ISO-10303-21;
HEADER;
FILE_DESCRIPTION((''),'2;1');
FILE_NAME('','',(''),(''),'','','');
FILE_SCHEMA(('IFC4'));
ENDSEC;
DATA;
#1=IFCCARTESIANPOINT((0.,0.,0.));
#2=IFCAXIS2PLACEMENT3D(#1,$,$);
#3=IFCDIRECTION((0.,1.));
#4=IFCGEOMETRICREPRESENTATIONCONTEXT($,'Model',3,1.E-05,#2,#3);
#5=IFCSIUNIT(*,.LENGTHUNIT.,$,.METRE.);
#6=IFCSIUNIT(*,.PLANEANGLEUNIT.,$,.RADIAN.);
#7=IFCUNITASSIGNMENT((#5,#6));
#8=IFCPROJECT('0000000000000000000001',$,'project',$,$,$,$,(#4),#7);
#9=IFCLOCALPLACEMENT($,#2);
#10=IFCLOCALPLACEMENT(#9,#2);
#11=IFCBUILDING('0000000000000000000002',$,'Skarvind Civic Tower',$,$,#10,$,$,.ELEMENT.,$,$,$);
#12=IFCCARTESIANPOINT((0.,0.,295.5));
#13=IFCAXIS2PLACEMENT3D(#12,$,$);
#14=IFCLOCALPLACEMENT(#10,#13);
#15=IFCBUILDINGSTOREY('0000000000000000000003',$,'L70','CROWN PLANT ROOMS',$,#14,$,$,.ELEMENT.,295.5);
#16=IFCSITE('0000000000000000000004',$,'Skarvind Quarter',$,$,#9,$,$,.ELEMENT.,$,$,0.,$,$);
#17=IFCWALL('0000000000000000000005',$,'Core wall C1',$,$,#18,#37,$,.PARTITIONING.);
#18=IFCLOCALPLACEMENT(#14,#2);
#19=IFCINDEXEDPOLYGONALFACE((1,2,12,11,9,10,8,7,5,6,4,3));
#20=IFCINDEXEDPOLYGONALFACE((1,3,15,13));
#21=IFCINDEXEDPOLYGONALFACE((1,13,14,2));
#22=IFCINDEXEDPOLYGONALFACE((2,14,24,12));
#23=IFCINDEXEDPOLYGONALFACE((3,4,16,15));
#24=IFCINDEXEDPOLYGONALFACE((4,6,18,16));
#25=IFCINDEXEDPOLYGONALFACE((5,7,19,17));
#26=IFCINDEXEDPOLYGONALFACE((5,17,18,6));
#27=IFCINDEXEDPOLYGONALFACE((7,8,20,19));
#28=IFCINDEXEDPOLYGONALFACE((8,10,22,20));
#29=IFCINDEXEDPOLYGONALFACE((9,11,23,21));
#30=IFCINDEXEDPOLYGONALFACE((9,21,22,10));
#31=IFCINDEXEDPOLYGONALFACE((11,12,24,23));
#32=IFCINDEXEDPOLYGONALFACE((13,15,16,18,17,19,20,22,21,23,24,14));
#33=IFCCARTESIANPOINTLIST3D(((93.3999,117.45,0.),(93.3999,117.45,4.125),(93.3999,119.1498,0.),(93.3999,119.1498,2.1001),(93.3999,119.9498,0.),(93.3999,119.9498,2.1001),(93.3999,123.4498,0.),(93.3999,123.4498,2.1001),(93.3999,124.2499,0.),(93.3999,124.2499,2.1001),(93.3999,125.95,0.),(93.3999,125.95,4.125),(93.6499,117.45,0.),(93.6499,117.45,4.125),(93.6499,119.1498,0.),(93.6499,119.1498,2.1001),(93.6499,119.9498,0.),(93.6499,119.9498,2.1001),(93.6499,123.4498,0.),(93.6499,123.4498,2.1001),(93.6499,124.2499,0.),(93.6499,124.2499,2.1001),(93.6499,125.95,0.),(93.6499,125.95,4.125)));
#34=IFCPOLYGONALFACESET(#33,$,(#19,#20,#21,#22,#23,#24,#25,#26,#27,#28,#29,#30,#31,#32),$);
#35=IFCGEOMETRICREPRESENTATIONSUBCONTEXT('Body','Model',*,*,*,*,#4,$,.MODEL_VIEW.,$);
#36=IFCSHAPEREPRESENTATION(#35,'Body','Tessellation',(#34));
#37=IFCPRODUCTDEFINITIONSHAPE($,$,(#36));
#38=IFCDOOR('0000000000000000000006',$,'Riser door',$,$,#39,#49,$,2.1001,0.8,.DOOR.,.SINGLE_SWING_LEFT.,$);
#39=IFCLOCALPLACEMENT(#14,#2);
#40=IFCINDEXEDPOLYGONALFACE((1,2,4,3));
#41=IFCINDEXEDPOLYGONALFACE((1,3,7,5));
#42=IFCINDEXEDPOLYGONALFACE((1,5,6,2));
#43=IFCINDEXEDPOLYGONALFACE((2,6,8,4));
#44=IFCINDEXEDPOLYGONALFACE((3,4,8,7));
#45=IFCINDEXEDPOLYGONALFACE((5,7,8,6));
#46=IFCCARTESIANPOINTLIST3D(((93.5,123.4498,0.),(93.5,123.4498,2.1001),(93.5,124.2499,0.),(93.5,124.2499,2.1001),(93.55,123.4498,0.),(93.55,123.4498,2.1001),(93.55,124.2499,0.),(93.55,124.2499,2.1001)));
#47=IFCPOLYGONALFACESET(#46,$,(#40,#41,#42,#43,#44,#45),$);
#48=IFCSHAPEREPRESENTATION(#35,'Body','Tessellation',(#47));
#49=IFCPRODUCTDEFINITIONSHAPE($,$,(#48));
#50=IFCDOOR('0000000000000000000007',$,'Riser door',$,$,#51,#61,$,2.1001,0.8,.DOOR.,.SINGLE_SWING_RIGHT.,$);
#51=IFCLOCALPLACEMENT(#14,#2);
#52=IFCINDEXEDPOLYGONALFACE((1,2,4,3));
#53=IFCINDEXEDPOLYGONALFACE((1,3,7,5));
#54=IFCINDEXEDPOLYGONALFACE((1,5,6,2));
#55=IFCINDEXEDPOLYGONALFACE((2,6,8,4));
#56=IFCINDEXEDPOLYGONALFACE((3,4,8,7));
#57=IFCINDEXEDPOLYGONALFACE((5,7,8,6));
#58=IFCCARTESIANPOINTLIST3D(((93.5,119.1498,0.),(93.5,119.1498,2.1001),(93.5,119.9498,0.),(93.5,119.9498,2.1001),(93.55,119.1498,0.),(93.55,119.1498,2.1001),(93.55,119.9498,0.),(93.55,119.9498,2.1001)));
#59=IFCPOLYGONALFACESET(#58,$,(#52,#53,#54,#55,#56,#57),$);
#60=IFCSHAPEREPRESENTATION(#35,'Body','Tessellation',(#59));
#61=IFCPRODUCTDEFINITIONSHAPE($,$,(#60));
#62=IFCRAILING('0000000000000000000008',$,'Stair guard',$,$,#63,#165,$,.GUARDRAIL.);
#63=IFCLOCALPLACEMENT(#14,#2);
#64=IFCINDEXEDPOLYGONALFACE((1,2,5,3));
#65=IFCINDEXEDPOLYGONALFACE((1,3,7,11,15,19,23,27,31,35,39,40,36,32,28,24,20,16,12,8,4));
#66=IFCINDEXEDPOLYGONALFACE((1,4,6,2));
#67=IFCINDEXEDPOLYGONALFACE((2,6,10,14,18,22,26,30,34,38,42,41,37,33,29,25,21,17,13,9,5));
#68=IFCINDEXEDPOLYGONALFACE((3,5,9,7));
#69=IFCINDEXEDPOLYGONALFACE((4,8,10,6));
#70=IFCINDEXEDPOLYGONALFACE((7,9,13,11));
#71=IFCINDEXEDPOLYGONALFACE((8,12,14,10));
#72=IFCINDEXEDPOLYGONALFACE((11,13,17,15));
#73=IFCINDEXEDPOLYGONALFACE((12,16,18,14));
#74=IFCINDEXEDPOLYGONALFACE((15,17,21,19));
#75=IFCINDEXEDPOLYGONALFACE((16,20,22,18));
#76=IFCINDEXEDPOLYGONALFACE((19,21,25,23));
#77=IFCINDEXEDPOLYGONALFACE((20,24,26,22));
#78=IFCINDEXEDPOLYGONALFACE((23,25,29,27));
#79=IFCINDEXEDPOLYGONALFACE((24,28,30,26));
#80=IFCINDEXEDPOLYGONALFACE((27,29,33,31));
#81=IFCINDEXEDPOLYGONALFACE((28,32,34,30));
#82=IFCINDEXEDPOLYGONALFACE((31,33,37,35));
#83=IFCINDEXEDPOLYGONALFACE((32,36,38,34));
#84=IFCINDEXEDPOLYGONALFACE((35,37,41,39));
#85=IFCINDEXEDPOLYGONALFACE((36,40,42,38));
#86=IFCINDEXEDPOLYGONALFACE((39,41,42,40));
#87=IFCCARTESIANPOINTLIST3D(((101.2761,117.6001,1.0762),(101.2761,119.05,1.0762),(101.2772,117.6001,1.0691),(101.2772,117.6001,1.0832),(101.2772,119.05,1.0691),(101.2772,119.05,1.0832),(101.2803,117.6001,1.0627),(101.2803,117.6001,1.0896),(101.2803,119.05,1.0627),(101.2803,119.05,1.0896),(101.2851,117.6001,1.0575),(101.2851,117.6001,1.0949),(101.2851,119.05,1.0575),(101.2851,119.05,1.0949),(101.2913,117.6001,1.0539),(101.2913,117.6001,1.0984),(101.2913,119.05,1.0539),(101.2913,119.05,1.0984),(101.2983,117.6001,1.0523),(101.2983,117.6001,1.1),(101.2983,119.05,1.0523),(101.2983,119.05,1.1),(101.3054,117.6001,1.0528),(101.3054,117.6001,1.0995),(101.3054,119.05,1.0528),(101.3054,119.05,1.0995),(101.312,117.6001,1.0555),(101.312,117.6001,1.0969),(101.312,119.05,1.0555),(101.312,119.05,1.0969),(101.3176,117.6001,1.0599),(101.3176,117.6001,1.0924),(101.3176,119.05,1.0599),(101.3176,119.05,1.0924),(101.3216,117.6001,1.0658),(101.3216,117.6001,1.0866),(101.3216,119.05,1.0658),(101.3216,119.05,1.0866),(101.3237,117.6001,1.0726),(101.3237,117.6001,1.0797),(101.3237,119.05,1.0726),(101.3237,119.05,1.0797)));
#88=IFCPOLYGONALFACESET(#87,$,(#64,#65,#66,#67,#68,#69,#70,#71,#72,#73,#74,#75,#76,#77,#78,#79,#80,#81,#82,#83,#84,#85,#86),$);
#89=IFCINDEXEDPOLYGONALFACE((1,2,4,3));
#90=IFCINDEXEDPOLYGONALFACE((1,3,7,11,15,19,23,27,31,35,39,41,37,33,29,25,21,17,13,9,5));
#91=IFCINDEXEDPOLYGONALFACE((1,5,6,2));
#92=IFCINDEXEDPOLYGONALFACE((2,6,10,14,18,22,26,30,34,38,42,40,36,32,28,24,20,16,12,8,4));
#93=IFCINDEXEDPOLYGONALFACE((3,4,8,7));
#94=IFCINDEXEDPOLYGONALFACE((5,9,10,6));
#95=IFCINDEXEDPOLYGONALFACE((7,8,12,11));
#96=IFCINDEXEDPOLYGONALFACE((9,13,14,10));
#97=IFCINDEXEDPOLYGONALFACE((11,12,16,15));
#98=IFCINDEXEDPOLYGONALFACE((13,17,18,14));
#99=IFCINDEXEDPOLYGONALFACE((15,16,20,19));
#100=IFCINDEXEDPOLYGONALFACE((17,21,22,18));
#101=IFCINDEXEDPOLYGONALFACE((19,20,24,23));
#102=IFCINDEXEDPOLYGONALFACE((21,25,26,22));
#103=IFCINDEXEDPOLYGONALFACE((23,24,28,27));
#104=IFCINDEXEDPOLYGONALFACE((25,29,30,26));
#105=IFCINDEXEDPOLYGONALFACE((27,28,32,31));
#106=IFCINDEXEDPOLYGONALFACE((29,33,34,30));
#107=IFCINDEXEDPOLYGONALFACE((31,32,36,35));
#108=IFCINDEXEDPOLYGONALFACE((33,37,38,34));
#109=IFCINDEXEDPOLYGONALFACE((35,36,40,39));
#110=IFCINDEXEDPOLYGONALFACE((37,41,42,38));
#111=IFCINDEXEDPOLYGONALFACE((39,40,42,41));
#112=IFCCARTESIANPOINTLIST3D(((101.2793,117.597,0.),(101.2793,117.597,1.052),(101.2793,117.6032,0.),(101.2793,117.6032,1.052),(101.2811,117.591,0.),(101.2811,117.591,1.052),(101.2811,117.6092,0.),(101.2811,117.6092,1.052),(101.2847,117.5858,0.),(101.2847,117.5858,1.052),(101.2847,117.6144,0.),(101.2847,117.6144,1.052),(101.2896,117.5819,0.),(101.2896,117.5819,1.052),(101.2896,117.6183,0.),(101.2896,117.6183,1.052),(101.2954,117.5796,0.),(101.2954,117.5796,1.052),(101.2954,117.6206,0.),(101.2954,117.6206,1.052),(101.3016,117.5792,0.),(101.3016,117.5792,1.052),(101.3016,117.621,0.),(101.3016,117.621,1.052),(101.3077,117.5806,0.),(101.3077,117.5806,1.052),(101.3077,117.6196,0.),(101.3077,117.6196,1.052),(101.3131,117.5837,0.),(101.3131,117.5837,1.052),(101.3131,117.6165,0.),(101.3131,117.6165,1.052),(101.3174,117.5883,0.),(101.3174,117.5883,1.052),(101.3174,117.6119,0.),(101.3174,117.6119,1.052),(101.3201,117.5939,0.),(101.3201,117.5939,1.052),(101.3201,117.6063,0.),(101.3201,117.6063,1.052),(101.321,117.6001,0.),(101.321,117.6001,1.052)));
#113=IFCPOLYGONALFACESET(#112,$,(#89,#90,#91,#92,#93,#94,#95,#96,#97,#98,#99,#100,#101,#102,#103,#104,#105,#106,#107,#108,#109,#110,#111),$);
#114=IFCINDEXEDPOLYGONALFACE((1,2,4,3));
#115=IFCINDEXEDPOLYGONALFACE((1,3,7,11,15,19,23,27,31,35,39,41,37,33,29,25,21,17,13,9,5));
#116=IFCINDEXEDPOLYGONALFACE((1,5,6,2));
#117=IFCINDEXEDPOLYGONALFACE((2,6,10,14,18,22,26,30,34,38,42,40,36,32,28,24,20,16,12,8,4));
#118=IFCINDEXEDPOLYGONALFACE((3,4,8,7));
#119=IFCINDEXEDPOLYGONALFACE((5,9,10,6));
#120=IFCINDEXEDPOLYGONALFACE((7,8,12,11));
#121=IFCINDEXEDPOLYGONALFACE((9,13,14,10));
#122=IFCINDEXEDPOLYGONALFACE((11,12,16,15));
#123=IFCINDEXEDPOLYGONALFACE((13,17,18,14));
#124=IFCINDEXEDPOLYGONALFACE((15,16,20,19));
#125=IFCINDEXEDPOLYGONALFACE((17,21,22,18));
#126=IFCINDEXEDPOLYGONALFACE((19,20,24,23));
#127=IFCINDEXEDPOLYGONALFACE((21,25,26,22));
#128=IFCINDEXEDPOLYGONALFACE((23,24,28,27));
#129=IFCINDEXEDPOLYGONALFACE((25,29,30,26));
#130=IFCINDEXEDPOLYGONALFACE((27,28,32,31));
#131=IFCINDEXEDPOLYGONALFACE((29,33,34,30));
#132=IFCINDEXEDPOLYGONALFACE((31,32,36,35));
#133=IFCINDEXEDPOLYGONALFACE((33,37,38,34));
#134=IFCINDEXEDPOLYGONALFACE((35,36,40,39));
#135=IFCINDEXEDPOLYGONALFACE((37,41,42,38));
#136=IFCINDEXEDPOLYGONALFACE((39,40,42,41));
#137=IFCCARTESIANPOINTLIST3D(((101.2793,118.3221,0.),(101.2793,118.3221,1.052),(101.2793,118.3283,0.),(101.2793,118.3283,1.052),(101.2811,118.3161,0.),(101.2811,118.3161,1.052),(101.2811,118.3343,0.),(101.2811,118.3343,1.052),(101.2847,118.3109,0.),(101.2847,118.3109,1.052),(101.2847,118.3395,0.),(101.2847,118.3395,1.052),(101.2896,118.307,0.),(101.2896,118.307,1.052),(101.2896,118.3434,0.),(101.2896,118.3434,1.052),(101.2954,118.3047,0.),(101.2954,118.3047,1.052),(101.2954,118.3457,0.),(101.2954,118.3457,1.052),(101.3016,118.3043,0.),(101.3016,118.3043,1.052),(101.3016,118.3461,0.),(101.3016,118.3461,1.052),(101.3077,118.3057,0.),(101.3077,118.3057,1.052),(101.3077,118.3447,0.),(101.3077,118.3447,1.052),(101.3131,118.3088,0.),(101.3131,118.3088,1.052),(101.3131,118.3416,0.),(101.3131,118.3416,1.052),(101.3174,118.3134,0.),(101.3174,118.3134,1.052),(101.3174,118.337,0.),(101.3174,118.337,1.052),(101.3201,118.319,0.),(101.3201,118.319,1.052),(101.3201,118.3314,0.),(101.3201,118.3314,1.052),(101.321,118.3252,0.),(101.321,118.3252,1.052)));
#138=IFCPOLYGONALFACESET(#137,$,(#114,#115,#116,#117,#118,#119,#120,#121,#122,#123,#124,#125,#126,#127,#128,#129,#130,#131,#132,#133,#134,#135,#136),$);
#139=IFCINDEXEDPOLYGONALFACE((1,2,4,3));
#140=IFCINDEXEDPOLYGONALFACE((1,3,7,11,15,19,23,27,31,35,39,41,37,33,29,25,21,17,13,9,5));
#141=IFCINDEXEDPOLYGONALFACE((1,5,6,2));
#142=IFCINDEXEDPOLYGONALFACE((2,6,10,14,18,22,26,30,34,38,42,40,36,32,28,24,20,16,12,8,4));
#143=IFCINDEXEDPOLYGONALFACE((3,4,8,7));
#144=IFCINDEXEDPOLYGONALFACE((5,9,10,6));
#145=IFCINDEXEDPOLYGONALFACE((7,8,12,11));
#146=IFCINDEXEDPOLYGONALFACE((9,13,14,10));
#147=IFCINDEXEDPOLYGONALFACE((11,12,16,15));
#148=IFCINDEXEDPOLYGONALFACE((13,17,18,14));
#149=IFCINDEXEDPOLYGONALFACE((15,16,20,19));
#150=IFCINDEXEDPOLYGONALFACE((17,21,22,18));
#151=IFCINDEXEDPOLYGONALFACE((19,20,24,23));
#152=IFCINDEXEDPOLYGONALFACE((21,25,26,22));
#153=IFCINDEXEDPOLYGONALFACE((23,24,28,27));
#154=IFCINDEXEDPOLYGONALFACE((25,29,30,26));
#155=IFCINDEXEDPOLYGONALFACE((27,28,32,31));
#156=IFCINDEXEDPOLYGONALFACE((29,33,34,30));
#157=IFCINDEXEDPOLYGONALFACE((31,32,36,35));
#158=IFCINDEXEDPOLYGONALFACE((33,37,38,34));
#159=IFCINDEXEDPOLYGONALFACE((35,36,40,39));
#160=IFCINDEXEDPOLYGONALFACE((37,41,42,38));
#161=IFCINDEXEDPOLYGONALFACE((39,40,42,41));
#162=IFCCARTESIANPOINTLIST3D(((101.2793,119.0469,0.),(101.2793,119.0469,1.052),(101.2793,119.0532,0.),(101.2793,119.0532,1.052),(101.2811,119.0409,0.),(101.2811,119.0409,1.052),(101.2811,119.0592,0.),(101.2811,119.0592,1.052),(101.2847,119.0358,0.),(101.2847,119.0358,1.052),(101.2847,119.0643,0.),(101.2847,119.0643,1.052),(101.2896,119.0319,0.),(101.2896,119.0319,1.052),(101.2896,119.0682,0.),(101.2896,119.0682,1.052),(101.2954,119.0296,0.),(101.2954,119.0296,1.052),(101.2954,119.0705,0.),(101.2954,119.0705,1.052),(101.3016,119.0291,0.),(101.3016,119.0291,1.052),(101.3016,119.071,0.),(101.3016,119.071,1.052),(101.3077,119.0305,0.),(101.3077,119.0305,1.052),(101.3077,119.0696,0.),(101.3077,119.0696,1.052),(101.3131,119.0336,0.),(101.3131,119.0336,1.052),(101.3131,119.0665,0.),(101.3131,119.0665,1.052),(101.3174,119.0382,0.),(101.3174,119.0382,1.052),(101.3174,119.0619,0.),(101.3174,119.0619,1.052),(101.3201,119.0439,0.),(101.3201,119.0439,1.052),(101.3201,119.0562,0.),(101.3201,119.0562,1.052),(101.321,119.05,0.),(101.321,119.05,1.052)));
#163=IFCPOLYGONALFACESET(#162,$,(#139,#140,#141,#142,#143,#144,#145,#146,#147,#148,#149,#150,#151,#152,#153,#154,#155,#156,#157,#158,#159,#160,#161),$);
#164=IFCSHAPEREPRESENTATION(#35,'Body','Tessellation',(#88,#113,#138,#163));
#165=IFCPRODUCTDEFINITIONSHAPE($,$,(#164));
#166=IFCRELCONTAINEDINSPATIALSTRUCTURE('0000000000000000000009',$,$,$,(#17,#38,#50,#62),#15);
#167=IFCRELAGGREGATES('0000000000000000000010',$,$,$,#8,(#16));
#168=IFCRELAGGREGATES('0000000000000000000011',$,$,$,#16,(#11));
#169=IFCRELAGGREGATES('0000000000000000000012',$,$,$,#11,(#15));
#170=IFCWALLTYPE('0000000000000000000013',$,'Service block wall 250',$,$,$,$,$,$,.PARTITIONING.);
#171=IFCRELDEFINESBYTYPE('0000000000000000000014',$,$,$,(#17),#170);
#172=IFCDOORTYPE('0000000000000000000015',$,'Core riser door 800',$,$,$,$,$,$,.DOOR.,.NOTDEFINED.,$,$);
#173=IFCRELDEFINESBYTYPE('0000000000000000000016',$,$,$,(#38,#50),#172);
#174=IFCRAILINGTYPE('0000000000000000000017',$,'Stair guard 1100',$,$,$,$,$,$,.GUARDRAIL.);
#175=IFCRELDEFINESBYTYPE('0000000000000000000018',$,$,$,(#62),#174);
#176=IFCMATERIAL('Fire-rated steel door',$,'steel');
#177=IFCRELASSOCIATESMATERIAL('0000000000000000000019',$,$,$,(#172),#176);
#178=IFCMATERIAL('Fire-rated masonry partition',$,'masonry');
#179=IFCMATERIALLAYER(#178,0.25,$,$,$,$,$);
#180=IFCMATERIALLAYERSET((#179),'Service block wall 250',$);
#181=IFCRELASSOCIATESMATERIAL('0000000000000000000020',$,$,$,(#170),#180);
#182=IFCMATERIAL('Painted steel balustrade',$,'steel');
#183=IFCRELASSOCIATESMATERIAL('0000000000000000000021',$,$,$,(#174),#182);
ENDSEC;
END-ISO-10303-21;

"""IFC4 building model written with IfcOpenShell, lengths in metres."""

from ifc_helpers import new_model, si_unit, direction, frame, frame_2d, origin, origin_2d, place, context, subcontext, project, spatial, rectangle, circle, extrude, material, layer, layer_set, type_object, element, fill, save


model = new_model("IFC4")

# Units and contexts
model_context = context("Model", 3, precision=1e-05, world=origin(), true_north=direction((0.0, 1.0)))
body_context = subcontext(model_context, "Body", "Model", "MODEL_VIEW")
ifc_project = project(units=[si_unit("LENGTHUNIT", "METRE"), si_unit("PLANEANGLEUNIT", "RADIAN")], contexts=[model_context])

# Site, building, storey
site_placement = place(None, origin())
site = spatial("IfcSite", under=ifc_project, at=site_placement, Name="Skarvind Quarter", CompositionType="ELEMENT", RefElevation=0.0)
building_placement = place(site_placement, origin())
building = spatial("IfcBuilding", under=site, at=building_placement, Name="Skarvind Civic Tower", CompositionType="ELEMENT")
storey_placement = place(building_placement, frame((0.0, 0.0, 295.5)))
storey = spatial("IfcBuildingStorey", under=building, at=storey_placement, Name="L70", Description="CROWN PLANT ROOMS", CompositionType="ELEMENT", Elevation=295.5)

# Shared definitions
ifc_material_1 = material(Name="Fire-rated masonry partition", Category="masonry")
ifc_material_2 = material(Name="Fire-rated steel door", Category="steel")

# Shared definitions
door_type_1 = type_object("IfcDoorType", Name="Core riser door 800", OperationType="NOTDEFINED", PredefinedType="DOOR", material=ifc_material_2)

# Wall, openings, doors
ifc_layer_1 = layer(ifc_material_1, 0.25)
ifc_layer_set_1 = layer_set([ifc_layer_1], Name="Service block wall 250")
wall_type_1 = type_object("IfcWallType", Name="Service block wall 250", PredefinedType="PARTITIONING", material=ifc_layer_set_1)
wall_1_placement = place(storey_placement, frame((93.5249, 117.45, 0.0), z_axis=(0.0, 0.0, 1.0), x_axis=(0.0, 1.0, 0.0)))
wall_1 = element("IfcWall", 1, at=wall_1_placement, inside=storey, type_object=wall_type_1, Name="Core wall C1", PredefinedType="PARTITIONING", context=body_context, shape_type="SweptSolid", body=[
    extrude(rectangle(XDim=8.5, YDim=0.25, at=frame_2d((4.25, 0.0))), origin(), (0.0, 0.0, 1.0), 4.125),
])
opening_1_placement = place(wall_1_placement, frame((6.0, 0.0, 0.0)))
opening_1 = element("IfcOpeningElement", 2, at=opening_1_placement, cuts=wall_1, PredefinedType="OPENING", context=body_context, shape_type="SweptSolid", body=[
    extrude(rectangle(XDim=0.8, YDim=2.1001, at=frame_2d((0.3999, 1.05))), frame((0.0, 0.135, 0.0), z_axis=(0.0, -1.0, 0.0), x_axis=(1.0, 0.0, 0.0)), (0.0, 0.0, 1.0), 0.27),
])
opening_2_placement = place(wall_1_placement, frame((1.7, 0.0, 0.0)))
opening_2 = element("IfcOpeningElement", 3, at=opening_2_placement, cuts=wall_1, PredefinedType="OPENING", context=body_context, shape_type="SweptSolid", body=[
    extrude(rectangle(XDim=0.8, YDim=2.1001, at=frame_2d((0.3999, 1.05))), frame((0.0, 0.135, 0.0), z_axis=(0.0, -1.0, 0.0), x_axis=(1.0, 0.0, 0.0)), (0.0, 0.0, 1.0), 0.27),
])
door_1_placement = place(opening_1_placement, origin())
door_1 = element("IfcDoor", 4, at=door_1_placement, inside=storey, type_object=door_type_1, Name="Riser door", OperationType="SINGLE_SWING_LEFT", OverallHeight=2.1001, OverallWidth=0.8, PredefinedType="DOOR", context=body_context, shape_type="SweptSolid", body=[
    extrude(rectangle(XDim=0.8, YDim=2.1001, at=frame_2d((0.3999, 1.05))), frame((0.0, 0.0249, 0.0), z_axis=(0.0, -1.0, 0.0), x_axis=(1.0, 0.0, 0.0)), (0.0, 0.0, 1.0), 0.05),
])
fill(opening_1, door_1)
door_2_placement = place(opening_2_placement, origin())
door_2 = element("IfcDoor", 5, at=door_2_placement, inside=storey, type_object=door_type_1, Name="Riser door", OperationType="SINGLE_SWING_RIGHT", OverallHeight=2.1001, OverallWidth=0.8, PredefinedType="DOOR", context=body_context, shape_type="SweptSolid", body=[
    extrude(rectangle(XDim=0.8, YDim=2.1001, at=frame_2d((0.3999, 1.05))), frame((0.0, 0.0249, 0.0), z_axis=(0.0, -1.0, 0.0), x_axis=(1.0, 0.0, 0.0)), (0.0, 0.0, 1.0), 0.05),
])
fill(opening_2, door_2)

# Railing
ifc_material_3 = material(Name="Painted steel balustrade", Category="steel")
railing_type = type_object("IfcRailingType", Name="Stair guard 1100", PredefinedType="GUARDRAIL", material=ifc_material_3)
railing_placement = place(storey_placement, frame((101.3, 117.6001, 0.0)))
element("IfcRailing", 6, at=railing_placement, inside=storey, type_object=railing_type, Name="Stair guard", PredefinedType="GUARDRAIL", context=body_context, shape_type="SweptSolid", body=[
    extrude(circle(Radius=0.0239, at=origin_2d()), frame((0.0, 0.0, 1.0762), z_axis=(0.0, 1.0, 0.0), x_axis=(-1.0, 0.0, 0.0)), (0.0, 0.0, 1.0), 1.45),
    extrude(circle(Radius=0.021, at=origin_2d()), origin(), (0.0, 0.0, 1.0), 1.052),
    extrude(circle(Radius=0.021, at=origin_2d()), frame((0.0, 0.7251, 0.0)), (0.0, 0.0, 1.0), 1.052),
    extrude(circle(Radius=0.021, at=origin_2d()), frame((0.0, 1.45, 0.0)), (0.0, 0.0, 1.0), 1.052),
])

save(model, "model.ifc")
